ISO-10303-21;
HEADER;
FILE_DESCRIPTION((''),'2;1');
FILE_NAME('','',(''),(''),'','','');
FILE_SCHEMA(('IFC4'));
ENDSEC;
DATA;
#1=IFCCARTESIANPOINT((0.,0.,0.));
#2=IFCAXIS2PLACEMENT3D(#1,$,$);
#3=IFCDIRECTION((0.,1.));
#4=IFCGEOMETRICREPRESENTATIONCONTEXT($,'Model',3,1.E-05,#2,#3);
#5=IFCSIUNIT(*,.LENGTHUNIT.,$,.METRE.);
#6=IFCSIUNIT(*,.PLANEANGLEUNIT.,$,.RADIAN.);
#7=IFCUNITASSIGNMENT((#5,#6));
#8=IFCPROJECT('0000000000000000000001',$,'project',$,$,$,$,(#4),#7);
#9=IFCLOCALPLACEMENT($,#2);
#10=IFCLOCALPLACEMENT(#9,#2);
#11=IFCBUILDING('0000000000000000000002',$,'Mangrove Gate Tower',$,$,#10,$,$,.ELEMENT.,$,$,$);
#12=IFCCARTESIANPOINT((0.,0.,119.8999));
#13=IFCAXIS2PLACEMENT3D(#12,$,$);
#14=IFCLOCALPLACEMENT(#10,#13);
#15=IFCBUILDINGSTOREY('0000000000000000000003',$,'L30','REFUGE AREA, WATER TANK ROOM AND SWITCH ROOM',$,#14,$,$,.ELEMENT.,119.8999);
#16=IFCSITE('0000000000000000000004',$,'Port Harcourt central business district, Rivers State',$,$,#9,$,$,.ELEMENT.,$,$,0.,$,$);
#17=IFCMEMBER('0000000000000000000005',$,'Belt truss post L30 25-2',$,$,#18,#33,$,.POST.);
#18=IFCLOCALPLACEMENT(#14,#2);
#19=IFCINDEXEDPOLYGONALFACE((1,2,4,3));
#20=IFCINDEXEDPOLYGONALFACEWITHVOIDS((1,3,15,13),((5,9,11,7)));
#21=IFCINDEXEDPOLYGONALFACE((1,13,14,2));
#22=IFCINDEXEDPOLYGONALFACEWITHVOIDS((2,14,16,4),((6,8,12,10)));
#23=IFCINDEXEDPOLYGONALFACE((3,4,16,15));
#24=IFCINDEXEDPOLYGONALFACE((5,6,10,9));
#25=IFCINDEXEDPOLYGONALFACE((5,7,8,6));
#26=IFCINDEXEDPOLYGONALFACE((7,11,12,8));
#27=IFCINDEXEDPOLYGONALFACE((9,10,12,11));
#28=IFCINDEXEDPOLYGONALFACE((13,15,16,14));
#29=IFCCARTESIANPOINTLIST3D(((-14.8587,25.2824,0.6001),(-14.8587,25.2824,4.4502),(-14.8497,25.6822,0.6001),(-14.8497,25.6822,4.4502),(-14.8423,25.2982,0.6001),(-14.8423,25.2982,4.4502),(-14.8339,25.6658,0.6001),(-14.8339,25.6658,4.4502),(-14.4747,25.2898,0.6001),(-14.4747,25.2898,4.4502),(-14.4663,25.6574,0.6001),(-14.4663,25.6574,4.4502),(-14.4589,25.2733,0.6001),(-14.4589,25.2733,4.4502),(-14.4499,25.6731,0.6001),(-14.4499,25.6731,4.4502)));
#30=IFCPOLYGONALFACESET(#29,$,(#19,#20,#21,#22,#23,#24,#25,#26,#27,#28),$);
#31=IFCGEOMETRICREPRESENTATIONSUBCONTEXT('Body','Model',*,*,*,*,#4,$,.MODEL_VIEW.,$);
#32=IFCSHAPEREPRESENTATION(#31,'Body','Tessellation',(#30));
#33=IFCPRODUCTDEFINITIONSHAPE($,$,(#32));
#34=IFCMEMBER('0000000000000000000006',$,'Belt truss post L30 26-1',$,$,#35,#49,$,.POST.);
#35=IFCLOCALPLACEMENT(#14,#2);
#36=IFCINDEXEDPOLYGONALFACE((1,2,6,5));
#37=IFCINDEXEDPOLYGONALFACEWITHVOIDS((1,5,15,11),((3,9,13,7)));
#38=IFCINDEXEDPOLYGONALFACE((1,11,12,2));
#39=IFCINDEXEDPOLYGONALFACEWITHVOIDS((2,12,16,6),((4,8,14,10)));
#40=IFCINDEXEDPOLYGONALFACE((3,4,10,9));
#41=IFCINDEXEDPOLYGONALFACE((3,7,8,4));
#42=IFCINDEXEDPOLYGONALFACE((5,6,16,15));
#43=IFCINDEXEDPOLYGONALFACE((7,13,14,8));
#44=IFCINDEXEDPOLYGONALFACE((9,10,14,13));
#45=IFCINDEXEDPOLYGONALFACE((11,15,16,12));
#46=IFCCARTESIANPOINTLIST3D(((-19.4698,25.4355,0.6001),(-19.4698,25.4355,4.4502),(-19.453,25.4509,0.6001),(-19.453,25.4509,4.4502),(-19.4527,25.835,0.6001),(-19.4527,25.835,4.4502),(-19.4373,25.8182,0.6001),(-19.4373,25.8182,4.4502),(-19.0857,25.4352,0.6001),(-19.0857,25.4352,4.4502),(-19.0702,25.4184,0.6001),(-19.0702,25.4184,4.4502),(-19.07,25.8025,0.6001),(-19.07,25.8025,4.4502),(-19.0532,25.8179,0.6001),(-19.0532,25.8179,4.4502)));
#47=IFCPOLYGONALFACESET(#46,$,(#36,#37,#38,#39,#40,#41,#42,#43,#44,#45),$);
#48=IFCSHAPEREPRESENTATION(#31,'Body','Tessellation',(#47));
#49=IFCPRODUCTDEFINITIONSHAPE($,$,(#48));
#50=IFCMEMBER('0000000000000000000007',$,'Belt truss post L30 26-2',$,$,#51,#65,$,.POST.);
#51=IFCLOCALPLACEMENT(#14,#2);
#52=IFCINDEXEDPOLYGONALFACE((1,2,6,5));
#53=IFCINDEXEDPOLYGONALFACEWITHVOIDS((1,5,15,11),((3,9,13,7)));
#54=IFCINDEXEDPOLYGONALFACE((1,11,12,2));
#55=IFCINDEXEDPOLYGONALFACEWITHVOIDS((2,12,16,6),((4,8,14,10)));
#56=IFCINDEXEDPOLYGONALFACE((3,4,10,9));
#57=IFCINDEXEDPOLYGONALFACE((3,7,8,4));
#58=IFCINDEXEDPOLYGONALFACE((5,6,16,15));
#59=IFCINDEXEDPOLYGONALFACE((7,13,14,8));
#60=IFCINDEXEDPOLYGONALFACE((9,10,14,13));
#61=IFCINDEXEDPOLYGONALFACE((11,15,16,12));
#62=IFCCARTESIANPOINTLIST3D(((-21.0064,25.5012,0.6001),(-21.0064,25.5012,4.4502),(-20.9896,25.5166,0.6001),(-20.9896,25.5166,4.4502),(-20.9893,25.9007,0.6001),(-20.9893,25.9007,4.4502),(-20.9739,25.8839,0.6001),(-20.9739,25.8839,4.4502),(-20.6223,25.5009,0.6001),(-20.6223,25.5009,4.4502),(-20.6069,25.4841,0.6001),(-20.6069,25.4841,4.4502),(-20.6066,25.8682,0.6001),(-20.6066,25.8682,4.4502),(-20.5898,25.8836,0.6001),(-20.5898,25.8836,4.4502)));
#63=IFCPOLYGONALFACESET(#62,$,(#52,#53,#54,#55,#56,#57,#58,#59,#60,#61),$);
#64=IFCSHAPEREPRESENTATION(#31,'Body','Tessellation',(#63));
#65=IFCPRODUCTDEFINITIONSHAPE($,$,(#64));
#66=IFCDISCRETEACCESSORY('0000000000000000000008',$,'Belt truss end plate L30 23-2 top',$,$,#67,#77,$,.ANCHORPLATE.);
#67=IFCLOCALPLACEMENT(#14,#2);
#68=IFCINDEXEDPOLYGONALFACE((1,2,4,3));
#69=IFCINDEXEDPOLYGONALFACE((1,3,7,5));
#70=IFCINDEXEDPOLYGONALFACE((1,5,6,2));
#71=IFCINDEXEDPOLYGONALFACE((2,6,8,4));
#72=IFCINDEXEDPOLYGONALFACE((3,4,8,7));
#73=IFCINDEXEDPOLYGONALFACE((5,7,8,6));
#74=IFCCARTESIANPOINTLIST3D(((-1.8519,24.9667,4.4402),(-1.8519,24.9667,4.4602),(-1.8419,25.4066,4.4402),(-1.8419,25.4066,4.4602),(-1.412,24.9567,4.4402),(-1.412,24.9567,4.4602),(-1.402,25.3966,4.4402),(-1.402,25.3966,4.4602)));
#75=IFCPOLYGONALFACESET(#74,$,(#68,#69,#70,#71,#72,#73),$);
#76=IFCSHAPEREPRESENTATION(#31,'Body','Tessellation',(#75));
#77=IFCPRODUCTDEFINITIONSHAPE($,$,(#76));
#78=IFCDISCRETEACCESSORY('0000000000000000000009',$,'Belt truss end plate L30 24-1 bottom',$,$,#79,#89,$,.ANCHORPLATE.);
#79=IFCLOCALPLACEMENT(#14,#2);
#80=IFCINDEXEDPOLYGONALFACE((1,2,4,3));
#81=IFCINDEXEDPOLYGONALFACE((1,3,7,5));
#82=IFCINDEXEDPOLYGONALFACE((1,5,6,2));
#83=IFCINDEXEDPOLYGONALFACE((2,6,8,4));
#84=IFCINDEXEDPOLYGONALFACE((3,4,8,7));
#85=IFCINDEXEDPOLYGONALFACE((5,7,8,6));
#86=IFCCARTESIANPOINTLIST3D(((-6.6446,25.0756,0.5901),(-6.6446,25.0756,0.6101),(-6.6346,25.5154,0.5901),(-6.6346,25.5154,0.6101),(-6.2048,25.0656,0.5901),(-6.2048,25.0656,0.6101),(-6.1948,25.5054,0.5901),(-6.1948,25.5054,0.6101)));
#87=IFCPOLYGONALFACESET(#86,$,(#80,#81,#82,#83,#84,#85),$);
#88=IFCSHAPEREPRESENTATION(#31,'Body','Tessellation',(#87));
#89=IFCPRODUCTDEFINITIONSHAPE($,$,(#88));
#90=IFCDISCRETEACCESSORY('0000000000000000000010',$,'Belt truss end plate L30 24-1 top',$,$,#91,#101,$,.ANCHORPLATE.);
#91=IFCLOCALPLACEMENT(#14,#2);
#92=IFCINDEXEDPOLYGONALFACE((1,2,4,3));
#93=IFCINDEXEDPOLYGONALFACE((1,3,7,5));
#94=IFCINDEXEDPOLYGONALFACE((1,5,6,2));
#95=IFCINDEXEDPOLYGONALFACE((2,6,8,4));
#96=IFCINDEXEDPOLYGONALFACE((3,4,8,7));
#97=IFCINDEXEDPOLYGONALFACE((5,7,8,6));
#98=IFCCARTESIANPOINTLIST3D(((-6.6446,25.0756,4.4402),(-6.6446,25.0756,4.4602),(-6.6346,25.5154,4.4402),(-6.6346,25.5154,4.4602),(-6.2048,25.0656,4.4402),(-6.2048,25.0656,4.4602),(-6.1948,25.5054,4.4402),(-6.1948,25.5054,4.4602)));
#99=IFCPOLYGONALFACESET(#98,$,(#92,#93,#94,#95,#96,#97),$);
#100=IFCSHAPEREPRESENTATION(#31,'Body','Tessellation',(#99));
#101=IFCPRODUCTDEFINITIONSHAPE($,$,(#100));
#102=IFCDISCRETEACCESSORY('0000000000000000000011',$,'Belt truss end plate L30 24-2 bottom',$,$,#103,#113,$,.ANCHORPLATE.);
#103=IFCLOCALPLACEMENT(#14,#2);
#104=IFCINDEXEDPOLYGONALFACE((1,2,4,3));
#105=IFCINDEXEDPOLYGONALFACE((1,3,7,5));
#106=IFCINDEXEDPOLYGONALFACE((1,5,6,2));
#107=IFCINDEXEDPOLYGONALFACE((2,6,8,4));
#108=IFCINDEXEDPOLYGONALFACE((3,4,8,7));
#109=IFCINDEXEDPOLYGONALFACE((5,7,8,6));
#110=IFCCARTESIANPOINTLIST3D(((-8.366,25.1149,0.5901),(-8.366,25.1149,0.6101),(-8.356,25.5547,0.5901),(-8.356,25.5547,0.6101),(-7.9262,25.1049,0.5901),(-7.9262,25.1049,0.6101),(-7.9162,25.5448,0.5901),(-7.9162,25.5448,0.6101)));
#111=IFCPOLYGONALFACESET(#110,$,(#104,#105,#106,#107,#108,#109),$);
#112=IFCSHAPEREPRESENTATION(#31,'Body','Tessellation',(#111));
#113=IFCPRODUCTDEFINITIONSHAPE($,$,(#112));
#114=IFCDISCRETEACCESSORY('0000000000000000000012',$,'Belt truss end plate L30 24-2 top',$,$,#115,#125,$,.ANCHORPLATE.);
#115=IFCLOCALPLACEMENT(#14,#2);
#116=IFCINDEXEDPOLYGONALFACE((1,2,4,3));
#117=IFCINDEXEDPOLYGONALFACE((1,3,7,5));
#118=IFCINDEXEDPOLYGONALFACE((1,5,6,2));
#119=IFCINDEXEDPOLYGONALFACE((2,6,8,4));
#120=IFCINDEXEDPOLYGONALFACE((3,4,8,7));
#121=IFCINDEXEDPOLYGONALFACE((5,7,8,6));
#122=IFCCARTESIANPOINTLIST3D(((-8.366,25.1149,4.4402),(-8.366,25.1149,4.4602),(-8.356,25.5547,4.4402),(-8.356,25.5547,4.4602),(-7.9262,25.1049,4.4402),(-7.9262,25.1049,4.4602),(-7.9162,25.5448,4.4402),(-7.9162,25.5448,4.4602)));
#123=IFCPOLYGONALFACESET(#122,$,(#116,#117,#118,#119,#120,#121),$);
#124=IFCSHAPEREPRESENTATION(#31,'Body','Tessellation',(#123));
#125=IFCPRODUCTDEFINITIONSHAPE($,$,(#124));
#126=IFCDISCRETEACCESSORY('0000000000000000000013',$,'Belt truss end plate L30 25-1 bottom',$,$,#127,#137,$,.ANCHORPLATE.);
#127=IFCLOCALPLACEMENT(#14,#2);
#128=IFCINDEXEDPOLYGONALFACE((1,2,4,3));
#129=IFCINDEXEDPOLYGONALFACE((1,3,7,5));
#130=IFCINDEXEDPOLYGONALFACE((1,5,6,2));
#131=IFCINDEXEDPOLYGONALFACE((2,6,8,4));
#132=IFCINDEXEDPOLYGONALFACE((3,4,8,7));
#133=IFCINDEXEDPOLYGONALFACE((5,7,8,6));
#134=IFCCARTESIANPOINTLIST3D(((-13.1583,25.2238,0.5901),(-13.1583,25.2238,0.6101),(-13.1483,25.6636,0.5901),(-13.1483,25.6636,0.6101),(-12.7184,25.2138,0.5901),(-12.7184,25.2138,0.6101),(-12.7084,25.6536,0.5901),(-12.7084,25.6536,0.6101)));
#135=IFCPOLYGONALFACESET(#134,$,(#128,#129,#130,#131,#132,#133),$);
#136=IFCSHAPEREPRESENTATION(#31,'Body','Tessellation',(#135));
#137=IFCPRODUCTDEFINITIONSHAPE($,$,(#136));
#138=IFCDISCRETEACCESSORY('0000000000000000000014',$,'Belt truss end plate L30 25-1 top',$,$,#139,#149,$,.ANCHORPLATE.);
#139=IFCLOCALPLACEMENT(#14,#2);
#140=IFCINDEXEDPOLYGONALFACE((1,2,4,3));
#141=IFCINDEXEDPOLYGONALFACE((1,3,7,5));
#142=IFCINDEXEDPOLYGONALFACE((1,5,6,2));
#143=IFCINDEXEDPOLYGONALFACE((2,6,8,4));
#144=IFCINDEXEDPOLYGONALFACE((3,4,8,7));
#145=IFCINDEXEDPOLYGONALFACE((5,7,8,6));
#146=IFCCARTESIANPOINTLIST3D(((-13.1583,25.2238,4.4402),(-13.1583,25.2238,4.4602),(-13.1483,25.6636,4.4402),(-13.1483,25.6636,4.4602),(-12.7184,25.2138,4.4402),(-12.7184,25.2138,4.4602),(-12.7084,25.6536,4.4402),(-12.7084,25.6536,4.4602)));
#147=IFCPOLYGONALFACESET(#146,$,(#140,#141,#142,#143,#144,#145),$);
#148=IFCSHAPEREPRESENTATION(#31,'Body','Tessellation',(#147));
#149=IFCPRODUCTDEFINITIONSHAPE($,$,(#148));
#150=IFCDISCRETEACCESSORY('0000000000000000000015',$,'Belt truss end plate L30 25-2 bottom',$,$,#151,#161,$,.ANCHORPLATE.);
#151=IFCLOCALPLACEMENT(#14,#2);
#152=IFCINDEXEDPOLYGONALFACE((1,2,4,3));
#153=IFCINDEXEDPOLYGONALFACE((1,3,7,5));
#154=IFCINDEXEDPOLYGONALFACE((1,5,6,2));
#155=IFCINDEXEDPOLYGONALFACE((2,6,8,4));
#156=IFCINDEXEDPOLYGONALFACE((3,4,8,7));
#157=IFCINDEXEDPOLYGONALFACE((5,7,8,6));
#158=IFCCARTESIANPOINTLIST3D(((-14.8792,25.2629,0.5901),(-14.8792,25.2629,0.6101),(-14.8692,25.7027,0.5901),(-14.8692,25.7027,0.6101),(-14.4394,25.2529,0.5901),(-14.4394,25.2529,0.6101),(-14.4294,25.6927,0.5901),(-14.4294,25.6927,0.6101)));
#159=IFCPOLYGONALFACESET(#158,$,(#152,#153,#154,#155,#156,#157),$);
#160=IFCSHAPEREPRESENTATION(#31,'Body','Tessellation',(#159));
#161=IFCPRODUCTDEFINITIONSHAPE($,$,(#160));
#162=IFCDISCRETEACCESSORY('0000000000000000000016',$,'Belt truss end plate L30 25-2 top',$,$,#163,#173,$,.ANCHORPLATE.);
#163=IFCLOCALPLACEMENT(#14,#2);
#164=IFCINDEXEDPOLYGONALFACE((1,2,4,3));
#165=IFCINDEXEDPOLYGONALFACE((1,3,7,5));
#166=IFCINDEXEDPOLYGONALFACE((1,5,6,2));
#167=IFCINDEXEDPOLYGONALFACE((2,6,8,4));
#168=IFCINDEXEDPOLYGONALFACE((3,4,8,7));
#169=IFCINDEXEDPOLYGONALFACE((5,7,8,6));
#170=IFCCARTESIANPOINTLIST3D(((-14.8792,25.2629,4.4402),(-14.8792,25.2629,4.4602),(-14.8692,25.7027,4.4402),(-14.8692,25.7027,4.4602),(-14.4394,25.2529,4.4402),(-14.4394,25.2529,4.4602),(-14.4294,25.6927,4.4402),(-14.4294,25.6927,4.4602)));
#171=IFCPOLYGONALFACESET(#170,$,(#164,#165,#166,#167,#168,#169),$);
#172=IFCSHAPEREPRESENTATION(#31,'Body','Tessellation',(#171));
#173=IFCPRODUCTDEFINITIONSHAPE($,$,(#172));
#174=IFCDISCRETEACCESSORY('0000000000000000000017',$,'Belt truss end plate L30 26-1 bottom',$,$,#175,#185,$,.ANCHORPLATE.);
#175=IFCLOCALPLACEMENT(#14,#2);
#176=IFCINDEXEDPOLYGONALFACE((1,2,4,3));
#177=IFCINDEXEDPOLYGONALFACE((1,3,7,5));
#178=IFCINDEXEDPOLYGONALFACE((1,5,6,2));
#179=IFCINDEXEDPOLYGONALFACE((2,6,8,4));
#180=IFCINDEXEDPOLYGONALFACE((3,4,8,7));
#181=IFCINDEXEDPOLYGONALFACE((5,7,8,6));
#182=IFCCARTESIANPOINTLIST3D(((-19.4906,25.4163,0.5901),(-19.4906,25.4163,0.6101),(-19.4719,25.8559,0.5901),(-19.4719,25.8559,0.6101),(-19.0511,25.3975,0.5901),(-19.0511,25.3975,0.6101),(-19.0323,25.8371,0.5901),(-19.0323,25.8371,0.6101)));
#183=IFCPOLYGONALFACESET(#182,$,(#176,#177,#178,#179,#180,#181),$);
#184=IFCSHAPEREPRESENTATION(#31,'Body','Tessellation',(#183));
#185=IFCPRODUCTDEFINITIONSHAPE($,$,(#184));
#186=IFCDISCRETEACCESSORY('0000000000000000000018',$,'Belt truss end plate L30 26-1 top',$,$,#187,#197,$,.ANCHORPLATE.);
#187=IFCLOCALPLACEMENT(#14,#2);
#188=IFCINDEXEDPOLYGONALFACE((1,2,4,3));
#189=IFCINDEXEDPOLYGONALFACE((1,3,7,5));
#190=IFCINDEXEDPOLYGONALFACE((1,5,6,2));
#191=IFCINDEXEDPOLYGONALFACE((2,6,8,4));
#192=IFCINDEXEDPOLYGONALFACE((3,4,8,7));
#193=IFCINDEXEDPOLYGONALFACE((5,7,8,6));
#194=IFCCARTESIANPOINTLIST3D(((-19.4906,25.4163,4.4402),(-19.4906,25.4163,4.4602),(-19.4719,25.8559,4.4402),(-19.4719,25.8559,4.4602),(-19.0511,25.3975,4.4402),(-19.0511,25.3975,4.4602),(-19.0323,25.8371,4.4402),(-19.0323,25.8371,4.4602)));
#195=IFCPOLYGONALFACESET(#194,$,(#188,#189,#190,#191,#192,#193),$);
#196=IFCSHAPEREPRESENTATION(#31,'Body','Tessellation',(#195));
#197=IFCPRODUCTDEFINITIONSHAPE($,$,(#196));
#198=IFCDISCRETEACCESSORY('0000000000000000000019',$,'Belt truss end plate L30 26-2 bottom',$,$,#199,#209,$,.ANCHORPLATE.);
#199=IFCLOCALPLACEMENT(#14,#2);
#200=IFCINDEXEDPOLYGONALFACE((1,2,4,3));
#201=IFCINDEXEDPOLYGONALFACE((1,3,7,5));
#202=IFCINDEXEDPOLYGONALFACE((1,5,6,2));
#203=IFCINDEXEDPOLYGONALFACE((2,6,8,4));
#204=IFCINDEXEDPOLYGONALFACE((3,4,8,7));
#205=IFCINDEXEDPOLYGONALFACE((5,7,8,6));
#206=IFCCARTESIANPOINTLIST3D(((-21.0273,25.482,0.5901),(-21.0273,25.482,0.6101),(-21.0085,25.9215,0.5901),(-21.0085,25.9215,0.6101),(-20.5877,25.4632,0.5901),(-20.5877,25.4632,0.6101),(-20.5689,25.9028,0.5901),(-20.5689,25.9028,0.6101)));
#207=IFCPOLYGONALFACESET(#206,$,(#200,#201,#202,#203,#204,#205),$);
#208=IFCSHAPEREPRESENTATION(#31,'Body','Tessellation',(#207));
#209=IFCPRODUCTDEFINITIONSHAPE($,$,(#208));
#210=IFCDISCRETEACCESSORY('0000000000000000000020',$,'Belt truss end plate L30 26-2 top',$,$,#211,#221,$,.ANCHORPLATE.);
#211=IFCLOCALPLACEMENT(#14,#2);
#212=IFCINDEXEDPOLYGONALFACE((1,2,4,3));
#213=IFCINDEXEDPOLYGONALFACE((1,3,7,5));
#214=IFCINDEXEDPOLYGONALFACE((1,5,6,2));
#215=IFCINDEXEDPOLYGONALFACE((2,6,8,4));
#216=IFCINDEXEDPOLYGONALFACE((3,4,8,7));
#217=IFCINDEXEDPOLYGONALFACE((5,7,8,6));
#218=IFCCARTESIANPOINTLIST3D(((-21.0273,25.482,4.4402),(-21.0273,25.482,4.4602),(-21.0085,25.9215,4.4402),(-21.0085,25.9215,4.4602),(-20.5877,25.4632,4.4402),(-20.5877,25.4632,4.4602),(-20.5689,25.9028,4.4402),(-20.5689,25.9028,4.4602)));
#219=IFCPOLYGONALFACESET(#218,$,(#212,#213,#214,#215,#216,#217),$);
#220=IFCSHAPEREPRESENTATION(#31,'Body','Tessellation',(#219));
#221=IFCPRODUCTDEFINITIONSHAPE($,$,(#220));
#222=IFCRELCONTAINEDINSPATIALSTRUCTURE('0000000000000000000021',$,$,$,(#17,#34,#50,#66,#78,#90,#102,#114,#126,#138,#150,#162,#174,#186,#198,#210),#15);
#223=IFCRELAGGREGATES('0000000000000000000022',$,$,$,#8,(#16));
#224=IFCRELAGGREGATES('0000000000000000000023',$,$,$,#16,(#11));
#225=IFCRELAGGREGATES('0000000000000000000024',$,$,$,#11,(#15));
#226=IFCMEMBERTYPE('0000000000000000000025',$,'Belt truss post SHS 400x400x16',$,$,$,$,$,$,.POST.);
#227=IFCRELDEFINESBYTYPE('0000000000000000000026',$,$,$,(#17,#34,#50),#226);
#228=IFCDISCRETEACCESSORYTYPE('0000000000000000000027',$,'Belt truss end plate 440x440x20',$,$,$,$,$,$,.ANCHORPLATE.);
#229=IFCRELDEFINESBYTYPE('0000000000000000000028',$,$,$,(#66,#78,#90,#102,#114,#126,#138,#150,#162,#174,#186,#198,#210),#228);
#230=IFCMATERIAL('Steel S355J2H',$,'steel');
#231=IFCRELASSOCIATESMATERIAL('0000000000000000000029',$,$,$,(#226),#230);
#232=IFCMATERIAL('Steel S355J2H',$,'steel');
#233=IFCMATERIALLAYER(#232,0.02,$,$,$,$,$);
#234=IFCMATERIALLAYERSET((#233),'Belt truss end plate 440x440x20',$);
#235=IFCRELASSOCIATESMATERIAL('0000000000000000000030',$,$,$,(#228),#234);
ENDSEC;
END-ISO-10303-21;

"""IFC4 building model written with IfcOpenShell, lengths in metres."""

from ifc_helpers import new_model, si_unit, direction, frame, origin, origin_2d, place, context, subcontext, project, spatial, rectangle, hollow_rectangle, extrude, material, layer, layer_set, material_profile, profile_set, type_object, element, save


model = new_model("IFC4")

# Units and contexts
model_context = context("Model", 3, precision=1e-05, world=origin(), true_north=direction((0.0, 1.0)))
body_context = subcontext(model_context, "Body", "Model", "MODEL_VIEW")
ifc_project = project(units=[si_unit("LENGTHUNIT", "METRE"), si_unit("PLANEANGLEUNIT", "RADIAN")], contexts=[model_context])

# Site, building, storey
site_placement = place(None, origin())
site = spatial("IfcSite", under=ifc_project, at=site_placement, Name="Port Harcourt central business district, Rivers State", CompositionType="ELEMENT", RefElevation=0.0)
building_placement = place(site_placement, origin())
building = spatial("IfcBuilding", under=site, at=building_placement, Name="Mangrove Gate Tower", CompositionType="ELEMENT")
storey_placement = place(building_placement, frame((0.0, 0.0, 119.8999)))
storey = spatial("IfcBuildingStorey", under=building, at=storey_placement, Name="L30", Description="REFUGE AREA, WATER TANK ROOM AND SWITCH ROOM", CompositionType="ELEMENT", Elevation=119.8999)

# Members
ifc_material_1 = material(Name="Steel S355J2H", Category="steel")
ifc_material_profile_1 = material_profile(ifc_material_1, hollow_rectangle(XDim=0.3999, YDim=0.3999, WallThickness=0.0161, at=origin_2d()))
ifc_profile_set_1 = profile_set([ifc_material_profile_1], Name="Steel S355J2H")
member_type_1 = type_object("IfcMemberType", Name="Belt truss post SHS 400x400x16", PredefinedType="POST", material=ifc_profile_set_1)
for number, where, z_axis, x_axis, name in (
    (1, (-14.6543, 25.4778, 0.6001), (0.0, 0.0, 1.0), (-0.999742, 0.022718, 0.0), "Belt truss post L30 25-2"),
    (2, (-19.2615, 25.6267, 0.6001), (0.0, 0.0, 1.0), (-0.999088, 0.042707, 0.0), "Belt truss post L30 26-1"),
    (3, (-20.7981, 25.6924, 0.6001), (0.0, 0.0, 1.0), (-0.999088, 0.042707, 0.0), "Belt truss post L30 26-2"),
):
    element("IfcMember", number, at=place(storey_placement, frame(where, z_axis=z_axis, x_axis=x_axis)), inside=storey, type_object=member_type_1, Name=name, PredefinedType="POST", context=body_context, shape_type="SweptSolid", body=[
        extrude(hollow_rectangle(XDim=0.3999, YDim=0.3999, WallThickness=0.0161, at=origin_2d()), origin(), (0.0, 0.0, 1.0), 3.8501),
    ])

# Discrete accessories
ifc_material_2 = material(Name="Steel S355J2H", Category="steel")
ifc_layer = layer(ifc_material_2, 0.02)
ifc_layer_set = layer_set([ifc_layer], Name="Belt truss end plate 440x440x20")
discrete_accessory_type = type_object("IfcDiscreteAccessoryType", Name="Belt truss end plate 440x440x20", PredefinedType="ANCHORPLATE", material=ifc_layer_set)
for number, where, z_axis, x_axis, name in (
    (4, (-1.627, 25.1816, 4.4402), (0.0, 0.0, 1.0), (-0.999742, 0.022714, 0.0), "Belt truss end plate L30 23-2 top"),
    (5, (-6.4197, 25.2905, 0.5901), (0.0, 0.0, 1.0), (-0.999742, 0.022714, 0.0), "Belt truss end plate L30 24-1 bottom"),
    (6, (-6.4197, 25.2905, 4.4402), (0.0, 0.0, 1.0), (-0.999742, 0.022714, 0.0), "Belt truss end plate L30 24-1 top"),
    (7, (-8.1411, 25.3298, 0.5901), (0.0, 0.0, 1.0), (-0.999742, 0.022714, 0.0), "Belt truss end plate L30 24-2 bottom"),
    (8, (-8.1411, 25.3298, 4.4402), (0.0, 0.0, 1.0), (-0.999742, 0.022714, 0.0), "Belt truss end plate L30 24-2 top"),
    (9, (-12.9333, 25.4387, 0.5901), (0.0, 0.0, 1.0), (-0.999742, 0.022718, 0.0), "Belt truss end plate L30 25-1 bottom"),
    (10, (-12.9333, 25.4387, 4.4402), (0.0, 0.0, 1.0), (-0.999742, 0.022718, 0.0), "Belt truss end plate L30 25-1 top"),
    (11, (-14.6543, 25.4778, 0.5901), (0.0, 0.0, 1.0), (-0.999742, 0.022718, 0.0), "Belt truss end plate L30 25-2 bottom"),
    (12, (-14.6543, 25.4778, 4.4402), (0.0, 0.0, 1.0), (-0.999742, 0.022718, 0.0), "Belt truss end plate L30 25-2 top"),
    (13, (-19.2615, 25.6267, 0.5901), (0.0, 0.0, 1.0), (-0.999088, 0.042707, 0.0), "Belt truss end plate L30 26-1 bottom"),
    (14, (-19.2615, 25.6267, 4.4402), (0.0, 0.0, 1.0), (-0.999088, 0.042707, 0.0), "Belt truss end plate L30 26-1 top"),
    (15, (-20.7981, 25.6924, 0.5901), (0.0, 0.0, 1.0), (-0.999088, 0.042707, 0.0), "Belt truss end plate L30 26-2 bottom"),
    (16, (-20.7981, 25.6924, 4.4402), (0.0, 0.0, 1.0), (-0.999088, 0.042707, 0.0), "Belt truss end plate L30 26-2 top"),
):
    element("IfcDiscreteAccessory", number, at=place(storey_placement, frame(where, z_axis=z_axis, x_axis=x_axis)), inside=storey, type_object=discrete_accessory_type, Name=name, PredefinedType="ANCHORPLATE", context=body_context, shape_type="SweptSolid", body=[
        extrude(rectangle(XDim=0.4399, YDim=0.4399, at=origin_2d()), origin(), (0.0, 0.0, 1.0), 0.02),
    ])

save(model, "model.ifc")
